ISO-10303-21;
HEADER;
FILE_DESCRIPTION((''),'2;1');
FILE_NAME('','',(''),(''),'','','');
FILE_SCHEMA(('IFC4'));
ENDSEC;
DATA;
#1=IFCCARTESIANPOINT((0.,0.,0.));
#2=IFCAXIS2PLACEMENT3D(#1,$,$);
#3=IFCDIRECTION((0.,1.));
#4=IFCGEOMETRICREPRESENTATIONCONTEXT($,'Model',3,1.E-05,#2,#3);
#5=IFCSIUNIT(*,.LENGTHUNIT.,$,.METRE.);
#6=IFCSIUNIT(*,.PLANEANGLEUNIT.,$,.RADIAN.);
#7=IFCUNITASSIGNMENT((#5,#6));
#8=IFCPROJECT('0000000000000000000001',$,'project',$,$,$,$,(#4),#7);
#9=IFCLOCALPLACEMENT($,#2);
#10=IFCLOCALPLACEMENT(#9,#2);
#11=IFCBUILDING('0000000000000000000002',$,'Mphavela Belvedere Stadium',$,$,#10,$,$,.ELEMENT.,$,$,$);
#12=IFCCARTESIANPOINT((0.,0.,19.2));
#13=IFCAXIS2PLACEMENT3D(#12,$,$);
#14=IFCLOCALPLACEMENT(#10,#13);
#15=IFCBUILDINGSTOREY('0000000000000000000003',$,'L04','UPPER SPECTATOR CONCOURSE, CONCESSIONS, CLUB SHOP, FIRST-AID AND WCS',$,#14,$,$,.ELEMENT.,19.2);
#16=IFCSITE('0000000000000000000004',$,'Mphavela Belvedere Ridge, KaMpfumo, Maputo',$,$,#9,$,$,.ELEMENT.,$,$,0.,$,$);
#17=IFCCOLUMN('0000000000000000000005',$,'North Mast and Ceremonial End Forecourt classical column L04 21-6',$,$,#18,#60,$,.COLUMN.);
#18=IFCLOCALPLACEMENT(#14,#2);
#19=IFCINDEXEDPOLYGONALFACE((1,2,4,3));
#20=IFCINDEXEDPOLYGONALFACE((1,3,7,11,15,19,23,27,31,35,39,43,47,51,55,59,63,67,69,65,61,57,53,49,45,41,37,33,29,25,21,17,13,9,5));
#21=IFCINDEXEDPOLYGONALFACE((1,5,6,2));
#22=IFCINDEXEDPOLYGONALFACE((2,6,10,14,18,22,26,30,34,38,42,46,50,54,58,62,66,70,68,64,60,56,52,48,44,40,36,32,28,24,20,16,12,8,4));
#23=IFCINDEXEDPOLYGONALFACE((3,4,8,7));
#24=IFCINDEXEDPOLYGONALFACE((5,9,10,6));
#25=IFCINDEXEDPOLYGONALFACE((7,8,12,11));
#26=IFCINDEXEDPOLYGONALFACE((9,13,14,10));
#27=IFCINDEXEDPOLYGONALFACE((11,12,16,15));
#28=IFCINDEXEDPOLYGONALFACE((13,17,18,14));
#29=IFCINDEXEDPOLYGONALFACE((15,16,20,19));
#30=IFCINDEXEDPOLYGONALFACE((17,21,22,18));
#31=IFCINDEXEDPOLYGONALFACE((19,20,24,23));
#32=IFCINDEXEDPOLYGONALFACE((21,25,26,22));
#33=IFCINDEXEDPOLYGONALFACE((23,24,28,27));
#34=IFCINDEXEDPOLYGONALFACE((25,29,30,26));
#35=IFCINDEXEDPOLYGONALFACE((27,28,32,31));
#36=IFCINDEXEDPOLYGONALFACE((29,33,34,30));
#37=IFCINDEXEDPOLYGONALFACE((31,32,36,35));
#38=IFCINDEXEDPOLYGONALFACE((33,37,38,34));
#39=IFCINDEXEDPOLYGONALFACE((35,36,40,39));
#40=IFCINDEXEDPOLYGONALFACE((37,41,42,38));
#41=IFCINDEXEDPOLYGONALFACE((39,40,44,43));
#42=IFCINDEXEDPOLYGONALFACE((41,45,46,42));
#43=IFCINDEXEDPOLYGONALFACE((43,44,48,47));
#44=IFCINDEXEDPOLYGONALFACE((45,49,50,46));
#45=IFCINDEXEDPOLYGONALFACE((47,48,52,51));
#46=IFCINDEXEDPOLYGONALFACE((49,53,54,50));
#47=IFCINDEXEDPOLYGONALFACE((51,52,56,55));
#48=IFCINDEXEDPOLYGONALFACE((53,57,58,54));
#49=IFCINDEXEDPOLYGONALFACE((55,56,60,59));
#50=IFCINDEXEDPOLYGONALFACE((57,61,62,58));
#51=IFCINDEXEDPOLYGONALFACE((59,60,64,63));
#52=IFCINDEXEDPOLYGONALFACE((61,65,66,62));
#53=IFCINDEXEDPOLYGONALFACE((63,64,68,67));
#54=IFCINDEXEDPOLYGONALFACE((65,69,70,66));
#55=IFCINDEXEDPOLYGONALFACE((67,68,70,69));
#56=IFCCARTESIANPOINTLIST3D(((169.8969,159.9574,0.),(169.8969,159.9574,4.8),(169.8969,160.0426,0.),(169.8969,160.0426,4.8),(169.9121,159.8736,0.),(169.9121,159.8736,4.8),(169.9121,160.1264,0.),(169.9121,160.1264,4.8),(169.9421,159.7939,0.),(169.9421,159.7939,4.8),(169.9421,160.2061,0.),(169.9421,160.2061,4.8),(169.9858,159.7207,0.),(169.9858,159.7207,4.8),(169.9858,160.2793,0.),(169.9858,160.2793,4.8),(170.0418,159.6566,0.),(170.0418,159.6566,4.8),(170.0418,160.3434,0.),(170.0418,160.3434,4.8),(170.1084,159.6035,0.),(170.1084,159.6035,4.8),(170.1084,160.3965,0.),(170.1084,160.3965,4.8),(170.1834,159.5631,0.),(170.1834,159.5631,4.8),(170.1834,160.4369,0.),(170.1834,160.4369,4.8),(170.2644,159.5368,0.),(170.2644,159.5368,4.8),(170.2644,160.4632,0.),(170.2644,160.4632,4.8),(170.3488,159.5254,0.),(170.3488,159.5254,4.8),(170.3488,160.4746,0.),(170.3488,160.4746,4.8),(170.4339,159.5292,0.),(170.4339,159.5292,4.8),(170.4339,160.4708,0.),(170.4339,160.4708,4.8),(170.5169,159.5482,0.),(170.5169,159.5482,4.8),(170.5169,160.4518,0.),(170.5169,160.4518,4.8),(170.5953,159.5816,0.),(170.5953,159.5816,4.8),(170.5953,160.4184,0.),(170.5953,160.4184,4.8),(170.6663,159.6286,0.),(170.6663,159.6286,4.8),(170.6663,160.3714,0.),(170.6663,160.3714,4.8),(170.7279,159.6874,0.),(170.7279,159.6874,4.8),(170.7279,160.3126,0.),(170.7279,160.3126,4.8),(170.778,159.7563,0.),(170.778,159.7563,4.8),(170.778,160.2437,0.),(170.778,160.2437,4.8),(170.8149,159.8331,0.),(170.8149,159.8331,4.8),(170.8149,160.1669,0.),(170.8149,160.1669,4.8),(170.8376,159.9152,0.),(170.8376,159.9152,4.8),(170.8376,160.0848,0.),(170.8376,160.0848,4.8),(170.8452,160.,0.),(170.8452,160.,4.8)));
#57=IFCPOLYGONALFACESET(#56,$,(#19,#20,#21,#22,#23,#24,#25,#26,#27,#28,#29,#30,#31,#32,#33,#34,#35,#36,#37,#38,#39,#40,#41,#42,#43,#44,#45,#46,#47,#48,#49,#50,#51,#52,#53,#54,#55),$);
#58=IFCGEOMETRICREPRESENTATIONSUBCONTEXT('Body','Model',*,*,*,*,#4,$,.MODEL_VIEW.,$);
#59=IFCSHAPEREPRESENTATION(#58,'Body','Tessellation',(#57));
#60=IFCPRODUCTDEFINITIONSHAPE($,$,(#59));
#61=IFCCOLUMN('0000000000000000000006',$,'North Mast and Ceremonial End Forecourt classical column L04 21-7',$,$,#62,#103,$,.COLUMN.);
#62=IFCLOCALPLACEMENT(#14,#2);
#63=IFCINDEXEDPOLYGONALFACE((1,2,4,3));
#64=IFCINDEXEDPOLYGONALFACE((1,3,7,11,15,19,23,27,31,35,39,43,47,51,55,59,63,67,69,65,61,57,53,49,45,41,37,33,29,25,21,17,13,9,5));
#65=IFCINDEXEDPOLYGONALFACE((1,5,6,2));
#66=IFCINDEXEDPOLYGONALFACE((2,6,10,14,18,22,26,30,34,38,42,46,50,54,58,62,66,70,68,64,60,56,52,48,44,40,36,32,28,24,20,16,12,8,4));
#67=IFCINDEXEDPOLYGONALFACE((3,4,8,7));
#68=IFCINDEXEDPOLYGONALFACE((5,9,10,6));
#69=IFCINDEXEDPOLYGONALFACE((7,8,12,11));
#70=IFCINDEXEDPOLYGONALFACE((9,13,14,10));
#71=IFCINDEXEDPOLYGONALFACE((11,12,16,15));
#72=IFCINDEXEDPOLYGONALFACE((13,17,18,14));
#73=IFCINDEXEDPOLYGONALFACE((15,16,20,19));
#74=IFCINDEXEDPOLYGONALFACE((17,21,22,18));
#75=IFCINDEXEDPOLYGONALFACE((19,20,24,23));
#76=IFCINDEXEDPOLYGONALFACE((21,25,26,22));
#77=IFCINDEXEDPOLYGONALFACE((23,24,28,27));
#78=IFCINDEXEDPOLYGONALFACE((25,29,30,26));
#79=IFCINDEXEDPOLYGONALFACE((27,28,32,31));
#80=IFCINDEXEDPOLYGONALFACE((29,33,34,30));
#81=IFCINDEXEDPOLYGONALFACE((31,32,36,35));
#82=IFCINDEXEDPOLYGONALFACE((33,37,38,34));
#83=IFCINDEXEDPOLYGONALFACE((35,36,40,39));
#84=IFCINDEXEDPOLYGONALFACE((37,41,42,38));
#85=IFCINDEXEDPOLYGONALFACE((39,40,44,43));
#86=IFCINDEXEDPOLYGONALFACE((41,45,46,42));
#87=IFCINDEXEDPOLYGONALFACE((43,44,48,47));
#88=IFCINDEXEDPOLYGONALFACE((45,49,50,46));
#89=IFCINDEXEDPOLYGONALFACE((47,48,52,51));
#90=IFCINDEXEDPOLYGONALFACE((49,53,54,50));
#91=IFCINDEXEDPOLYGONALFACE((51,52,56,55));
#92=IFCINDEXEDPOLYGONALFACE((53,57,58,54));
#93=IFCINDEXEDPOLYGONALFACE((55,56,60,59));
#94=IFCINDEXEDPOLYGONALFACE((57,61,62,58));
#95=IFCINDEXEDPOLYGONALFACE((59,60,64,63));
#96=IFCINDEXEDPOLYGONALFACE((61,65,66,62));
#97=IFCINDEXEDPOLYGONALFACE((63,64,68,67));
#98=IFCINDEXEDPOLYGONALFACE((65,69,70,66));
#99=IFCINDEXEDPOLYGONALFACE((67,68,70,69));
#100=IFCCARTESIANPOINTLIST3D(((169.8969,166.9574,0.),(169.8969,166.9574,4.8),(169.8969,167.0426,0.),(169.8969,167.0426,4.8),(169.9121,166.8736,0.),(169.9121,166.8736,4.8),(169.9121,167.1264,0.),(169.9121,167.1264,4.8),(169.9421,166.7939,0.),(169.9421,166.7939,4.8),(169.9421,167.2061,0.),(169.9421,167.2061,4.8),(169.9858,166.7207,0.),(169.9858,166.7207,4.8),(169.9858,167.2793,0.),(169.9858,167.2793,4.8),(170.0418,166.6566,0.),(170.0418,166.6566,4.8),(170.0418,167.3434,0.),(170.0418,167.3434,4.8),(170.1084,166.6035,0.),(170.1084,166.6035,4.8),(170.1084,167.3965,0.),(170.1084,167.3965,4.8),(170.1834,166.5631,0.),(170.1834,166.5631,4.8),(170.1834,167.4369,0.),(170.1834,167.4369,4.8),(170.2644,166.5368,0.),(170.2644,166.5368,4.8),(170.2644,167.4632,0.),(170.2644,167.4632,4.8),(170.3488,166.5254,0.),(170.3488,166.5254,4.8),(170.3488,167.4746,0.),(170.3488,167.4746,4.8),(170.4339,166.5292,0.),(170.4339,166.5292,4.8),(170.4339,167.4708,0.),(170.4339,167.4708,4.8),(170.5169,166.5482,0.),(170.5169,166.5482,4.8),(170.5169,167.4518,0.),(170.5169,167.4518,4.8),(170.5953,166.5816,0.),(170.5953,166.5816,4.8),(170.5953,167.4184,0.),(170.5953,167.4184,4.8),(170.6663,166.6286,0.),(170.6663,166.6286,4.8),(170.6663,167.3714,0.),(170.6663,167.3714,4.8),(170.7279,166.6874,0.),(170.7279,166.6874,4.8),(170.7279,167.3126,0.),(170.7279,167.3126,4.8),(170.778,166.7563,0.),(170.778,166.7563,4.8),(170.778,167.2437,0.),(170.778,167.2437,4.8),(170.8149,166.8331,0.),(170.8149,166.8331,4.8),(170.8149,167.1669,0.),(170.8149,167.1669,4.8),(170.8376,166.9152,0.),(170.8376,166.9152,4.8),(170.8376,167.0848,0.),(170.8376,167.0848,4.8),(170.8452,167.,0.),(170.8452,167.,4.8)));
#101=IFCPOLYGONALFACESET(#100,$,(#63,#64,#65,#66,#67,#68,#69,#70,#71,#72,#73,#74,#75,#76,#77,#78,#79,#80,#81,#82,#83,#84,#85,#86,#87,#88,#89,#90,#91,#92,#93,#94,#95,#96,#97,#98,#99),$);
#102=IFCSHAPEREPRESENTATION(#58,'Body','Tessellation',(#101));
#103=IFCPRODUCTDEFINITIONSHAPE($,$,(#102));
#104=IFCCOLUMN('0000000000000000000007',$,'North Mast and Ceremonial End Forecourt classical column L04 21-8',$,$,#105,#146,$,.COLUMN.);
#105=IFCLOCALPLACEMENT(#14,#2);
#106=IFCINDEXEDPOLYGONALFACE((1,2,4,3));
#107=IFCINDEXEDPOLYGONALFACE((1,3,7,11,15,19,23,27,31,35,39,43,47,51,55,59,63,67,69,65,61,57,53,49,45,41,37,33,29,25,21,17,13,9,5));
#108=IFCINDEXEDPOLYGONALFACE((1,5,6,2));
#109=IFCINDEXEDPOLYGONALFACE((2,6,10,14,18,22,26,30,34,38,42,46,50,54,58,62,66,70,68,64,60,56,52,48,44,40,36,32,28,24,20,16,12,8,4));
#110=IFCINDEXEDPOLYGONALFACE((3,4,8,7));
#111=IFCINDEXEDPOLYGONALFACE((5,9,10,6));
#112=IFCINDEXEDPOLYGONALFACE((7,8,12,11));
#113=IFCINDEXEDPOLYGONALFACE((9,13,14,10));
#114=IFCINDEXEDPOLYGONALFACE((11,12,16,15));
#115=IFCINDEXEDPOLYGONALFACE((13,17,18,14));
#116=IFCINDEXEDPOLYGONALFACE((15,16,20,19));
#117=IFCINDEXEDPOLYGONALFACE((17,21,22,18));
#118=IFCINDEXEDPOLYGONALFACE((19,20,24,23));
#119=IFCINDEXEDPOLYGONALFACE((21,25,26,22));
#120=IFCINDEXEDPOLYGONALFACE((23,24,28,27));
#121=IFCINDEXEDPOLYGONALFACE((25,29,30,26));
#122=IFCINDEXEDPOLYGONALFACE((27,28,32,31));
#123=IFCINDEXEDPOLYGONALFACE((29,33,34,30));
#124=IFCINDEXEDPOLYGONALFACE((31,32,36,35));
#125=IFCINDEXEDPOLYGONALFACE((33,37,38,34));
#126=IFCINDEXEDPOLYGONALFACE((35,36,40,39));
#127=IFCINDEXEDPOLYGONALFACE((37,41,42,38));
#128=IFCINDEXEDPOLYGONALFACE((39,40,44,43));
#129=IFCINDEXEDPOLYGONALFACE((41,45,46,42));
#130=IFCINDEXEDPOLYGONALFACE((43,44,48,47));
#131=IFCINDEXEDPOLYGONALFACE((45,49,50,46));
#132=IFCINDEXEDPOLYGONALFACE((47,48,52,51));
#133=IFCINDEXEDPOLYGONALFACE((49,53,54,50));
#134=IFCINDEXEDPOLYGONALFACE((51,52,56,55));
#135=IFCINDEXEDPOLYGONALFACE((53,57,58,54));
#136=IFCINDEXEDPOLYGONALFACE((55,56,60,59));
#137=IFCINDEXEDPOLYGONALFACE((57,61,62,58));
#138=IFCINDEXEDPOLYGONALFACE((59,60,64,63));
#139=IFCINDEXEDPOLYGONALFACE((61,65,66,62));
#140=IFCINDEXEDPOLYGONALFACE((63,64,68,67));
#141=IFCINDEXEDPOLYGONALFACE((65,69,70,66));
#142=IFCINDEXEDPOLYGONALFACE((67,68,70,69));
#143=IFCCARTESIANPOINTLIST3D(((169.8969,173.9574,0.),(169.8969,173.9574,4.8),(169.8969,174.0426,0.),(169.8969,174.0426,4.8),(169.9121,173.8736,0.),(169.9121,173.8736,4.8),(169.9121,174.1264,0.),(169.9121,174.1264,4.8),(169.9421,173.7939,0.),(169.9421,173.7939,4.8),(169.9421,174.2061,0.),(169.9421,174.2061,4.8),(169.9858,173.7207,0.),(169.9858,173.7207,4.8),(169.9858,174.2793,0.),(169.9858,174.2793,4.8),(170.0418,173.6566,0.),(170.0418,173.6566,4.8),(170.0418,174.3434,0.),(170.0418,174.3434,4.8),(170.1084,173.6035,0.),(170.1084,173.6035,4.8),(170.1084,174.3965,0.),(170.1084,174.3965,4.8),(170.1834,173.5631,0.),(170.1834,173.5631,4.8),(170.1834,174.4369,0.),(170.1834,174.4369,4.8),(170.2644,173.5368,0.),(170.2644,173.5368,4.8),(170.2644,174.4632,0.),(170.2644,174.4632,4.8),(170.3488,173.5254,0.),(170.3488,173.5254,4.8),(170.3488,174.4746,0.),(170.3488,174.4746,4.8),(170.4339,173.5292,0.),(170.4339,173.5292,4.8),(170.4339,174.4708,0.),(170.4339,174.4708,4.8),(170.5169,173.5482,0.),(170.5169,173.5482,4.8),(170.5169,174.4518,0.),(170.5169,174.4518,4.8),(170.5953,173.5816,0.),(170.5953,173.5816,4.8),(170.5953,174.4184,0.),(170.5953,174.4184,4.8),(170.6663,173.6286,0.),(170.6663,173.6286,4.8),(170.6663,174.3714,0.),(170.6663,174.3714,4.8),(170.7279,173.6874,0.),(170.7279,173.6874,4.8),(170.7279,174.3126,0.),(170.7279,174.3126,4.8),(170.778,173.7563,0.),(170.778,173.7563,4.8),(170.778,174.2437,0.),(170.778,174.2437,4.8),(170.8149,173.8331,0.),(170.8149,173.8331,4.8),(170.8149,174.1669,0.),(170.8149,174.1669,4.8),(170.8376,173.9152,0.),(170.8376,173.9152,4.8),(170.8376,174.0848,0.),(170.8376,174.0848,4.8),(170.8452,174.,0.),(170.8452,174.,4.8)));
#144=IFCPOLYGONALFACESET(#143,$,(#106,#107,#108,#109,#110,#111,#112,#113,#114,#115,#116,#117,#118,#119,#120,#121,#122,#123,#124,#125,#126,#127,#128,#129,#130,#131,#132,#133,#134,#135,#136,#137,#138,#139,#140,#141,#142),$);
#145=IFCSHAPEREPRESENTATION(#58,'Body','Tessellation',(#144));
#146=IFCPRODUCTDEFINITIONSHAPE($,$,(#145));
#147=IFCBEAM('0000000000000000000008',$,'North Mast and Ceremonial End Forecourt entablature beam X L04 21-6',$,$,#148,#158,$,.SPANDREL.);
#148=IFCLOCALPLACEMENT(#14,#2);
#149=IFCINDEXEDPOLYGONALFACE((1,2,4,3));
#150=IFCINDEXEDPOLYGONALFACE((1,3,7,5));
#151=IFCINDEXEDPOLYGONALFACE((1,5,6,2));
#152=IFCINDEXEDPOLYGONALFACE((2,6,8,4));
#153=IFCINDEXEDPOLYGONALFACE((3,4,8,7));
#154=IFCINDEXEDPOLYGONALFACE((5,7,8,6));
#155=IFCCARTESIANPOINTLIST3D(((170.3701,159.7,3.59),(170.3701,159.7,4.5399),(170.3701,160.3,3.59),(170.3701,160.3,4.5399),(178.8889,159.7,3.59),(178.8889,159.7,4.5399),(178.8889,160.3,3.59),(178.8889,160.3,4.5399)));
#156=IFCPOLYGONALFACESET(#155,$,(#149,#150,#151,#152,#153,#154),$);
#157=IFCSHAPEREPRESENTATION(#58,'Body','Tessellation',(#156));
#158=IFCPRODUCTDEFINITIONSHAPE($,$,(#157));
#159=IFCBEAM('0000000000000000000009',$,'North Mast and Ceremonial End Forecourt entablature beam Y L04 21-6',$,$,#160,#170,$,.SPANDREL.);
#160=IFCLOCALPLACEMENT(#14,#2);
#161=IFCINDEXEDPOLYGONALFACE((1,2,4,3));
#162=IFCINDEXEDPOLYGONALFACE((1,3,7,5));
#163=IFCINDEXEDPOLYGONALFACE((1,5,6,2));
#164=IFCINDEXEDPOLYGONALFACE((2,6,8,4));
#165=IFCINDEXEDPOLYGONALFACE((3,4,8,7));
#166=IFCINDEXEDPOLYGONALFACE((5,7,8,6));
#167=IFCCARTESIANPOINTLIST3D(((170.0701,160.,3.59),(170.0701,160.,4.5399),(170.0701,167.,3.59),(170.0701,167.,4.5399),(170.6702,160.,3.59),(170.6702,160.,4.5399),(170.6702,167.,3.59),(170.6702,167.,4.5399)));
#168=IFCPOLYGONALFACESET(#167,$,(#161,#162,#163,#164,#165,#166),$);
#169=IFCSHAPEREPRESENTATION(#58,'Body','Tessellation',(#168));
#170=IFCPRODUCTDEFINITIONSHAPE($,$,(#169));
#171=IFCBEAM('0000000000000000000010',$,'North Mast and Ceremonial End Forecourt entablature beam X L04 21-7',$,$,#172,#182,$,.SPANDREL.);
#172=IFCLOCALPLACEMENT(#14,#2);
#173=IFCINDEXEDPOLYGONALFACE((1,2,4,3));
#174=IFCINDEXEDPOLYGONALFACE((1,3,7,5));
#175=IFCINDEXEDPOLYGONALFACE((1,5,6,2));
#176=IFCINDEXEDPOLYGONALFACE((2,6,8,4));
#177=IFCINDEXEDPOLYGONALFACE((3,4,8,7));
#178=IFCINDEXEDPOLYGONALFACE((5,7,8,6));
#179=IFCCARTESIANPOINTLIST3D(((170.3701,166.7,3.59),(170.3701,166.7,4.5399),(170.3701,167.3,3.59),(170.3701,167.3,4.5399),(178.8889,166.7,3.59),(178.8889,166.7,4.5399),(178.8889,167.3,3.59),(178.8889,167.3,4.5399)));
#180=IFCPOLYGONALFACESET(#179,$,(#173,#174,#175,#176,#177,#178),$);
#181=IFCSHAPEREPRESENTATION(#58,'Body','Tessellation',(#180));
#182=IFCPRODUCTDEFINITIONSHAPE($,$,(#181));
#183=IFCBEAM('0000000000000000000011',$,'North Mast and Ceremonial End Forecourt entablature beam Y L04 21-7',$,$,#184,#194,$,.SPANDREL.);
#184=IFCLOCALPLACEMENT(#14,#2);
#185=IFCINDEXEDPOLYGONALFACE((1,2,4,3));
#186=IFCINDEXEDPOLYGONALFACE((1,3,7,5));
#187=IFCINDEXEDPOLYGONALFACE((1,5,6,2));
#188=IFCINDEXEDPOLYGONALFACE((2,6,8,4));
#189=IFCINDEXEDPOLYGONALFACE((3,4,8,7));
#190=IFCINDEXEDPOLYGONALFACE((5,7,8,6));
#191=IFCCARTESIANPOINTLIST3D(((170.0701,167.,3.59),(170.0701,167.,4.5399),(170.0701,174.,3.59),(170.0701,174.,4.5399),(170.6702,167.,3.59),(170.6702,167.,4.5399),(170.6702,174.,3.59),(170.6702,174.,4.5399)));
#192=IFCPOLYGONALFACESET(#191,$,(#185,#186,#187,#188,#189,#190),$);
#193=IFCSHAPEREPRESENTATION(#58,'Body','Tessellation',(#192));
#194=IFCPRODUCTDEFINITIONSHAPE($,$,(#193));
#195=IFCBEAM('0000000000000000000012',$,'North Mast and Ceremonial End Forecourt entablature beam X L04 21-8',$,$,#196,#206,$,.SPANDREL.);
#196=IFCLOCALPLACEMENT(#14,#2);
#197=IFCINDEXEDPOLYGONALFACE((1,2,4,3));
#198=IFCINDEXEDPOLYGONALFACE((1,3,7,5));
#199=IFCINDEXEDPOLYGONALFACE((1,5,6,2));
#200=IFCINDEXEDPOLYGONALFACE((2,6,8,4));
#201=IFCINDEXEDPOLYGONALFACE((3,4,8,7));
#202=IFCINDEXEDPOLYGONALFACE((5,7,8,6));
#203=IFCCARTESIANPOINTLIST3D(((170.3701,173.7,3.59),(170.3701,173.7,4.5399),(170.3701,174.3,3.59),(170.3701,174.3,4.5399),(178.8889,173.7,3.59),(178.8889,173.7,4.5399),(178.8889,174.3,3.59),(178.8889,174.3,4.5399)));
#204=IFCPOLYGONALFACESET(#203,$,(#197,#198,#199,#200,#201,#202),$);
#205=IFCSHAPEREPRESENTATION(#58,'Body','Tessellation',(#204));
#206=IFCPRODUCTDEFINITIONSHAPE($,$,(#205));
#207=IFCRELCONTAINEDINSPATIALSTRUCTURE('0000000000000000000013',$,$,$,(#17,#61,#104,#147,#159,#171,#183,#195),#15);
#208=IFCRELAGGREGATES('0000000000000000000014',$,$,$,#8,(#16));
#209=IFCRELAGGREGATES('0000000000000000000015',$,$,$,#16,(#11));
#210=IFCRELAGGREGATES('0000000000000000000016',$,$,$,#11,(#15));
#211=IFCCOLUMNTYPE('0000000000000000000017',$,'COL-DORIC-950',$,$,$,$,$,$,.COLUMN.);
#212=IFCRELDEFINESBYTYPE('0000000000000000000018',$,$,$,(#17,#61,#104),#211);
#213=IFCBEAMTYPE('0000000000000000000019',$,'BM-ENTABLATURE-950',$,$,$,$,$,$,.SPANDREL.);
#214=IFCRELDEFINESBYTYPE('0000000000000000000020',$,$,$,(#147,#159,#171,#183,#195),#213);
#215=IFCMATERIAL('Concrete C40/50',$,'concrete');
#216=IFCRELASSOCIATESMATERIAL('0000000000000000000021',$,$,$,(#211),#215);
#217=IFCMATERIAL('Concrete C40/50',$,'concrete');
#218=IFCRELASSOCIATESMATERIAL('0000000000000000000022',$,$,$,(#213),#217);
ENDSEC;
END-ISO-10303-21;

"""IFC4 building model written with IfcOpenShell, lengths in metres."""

from ifc_helpers import new_model, si_unit, direction, frame, origin, origin_2d, place, context, subcontext, project, spatial, rectangle, circle, extrude, material, material_profile, profile_set, type_object, element, save


model = new_model("IFC4")

# Units and contexts
model_context = context("Model", 3, precision=1e-05, world=origin(), true_north=direction((0.0, 1.0)))
body_context = subcontext(model_context, "Body", "Model", "MODEL_VIEW")
ifc_project = project(units=[si_unit("LENGTHUNIT", "METRE"), si_unit("PLANEANGLEUNIT", "RADIAN")], contexts=[model_context])

# Site, building, storey
site_placement = place(None, origin())
site = spatial("IfcSite", under=ifc_project, at=site_placement, Name="Mphavela Belvedere Ridge, KaMpfumo, Maputo", CompositionType="ELEMENT", RefElevation=0.0)
building_placement = place(site_placement, origin())
building = spatial("IfcBuilding", under=site, at=building_placement, Name="Mphavela Belvedere Stadium", CompositionType="ELEMENT")
storey_placement = place(building_placement, frame((0.0, 0.0, 19.2)))
storey = spatial("IfcBuildingStorey", under=building, at=storey_placement, Name="L04", Description="UPPER SPECTATOR CONCOURSE, CONCESSIONS, CLUB SHOP, FIRST-AID AND WCS", CompositionType="ELEMENT", Elevation=19.2)

# Columns
ifc_material_1 = material(Name="Concrete C40/50", Category="concrete")
ifc_material_profile_1 = material_profile(ifc_material_1, circle(Radius=0.4751, at=origin_2d()), Name="COL D950")
ifc_profile_set_1 = profile_set([ifc_material_profile_1], Name="Concrete C40/50")
column_type = type_object("IfcColumnType", Name="COL-DORIC-950", PredefinedType="COLUMN", material=ifc_profile_set_1)
for number, where, z_axis, x_axis, name in (
    (1, (170.3701, 160.0, 0.0), (0.0, 0.0, 1.0), (1.0, 0.0, 0.0), "North Mast and Ceremonial End Forecourt classical column L04 21-6"),
    (2, (170.3701, 167.0, 0.0), (0.0, 0.0, 1.0), (1.0, 0.0, 0.0), "North Mast and Ceremonial End Forecourt classical column L04 21-7"),
    (3, (170.3701, 174.0, 0.0), (0.0, 0.0, 1.0), (1.0, 0.0, 0.0), "North Mast and Ceremonial End Forecourt classical column L04 21-8"),
):
    element("IfcColumn", number, at=place(storey_placement, frame(where, z_axis=z_axis, x_axis=x_axis)), inside=storey, type_object=column_type, Name=name, PredefinedType="COLUMN", context=body_context, shape_type="SweptSolid", body=[
        extrude(circle(Radius=0.4751, at=origin_2d()), origin(), (0.0, 0.0, 1.0), 4.8),
    ])

# Beams
ifc_material_2 = material(Name="Concrete C40/50", Category="concrete")
ifc_material_profile_2 = material_profile(ifc_material_2, rectangle(XDim=0.6001, YDim=0.95, at=origin_2d()), Name="RC 600x950")
ifc_profile_set_2 = profile_set([ifc_material_profile_2], Name="Concrete C40/50")
beam_type_1 = type_object("IfcBeamType", Name="BM-ENTABLATURE-950", PredefinedType="SPANDREL", material=ifc_profile_set_2)
beam_1_placement = place(storey_placement, frame((170.3701, 160.0, 4.0649), z_axis=(1.0, 0.0, 0.0), x_axis=(0.0, 1.0, 0.0)))
element("IfcBeam", 4, at=beam_1_placement, inside=storey, type_object=beam_type_1, Name="North Mast and Ceremonial End Forecourt entablature beam X L04 21-6", PredefinedType="SPANDREL", context=body_context, shape_type="SweptSolid", body=[
    extrude(rectangle(XDim=0.6001, YDim=0.95, at=origin_2d()), origin(), (0.0, 0.0, 1.0), 8.5188),
])
beam_2_placement = place(storey_placement, frame((170.3701, 160.0, 4.0649), z_axis=(0.0, 1.0, 0.0), x_axis=(-1.0, 0.0, 0.0)))
element("IfcBeam", 5, at=beam_2_placement, inside=storey, type_object=beam_type_1, Name="North Mast and Ceremonial End Forecourt entablature beam Y L04 21-6", PredefinedType="SPANDREL", context=body_context, shape_type="SweptSolid", body=[
    extrude(rectangle(XDim=0.6001, YDim=0.95, at=origin_2d()), origin(), (0.0, 0.0, 1.0), 7.0),
])
beam_3_placement = place(storey_placement, frame((170.3701, 167.0, 4.0649), z_axis=(1.0, 0.0, 0.0), x_axis=(0.0, 1.0, 0.0)))
element("IfcBeam", 6, at=beam_3_placement, inside=storey, type_object=beam_type_1, Name="North Mast and Ceremonial End Forecourt entablature beam X L04 21-7", PredefinedType="SPANDREL", context=body_context, shape_type="SweptSolid", body=[
    extrude(rectangle(XDim=0.6001, YDim=0.95, at=origin_2d()), origin(), (0.0, 0.0, 1.0), 8.5188),
])
beam_4_placement = place(storey_placement, frame((170.3701, 167.0, 4.0649), z_axis=(0.0, 1.0, 0.0), x_axis=(-1.0, 0.0, 0.0)))
element("IfcBeam", 7, at=beam_4_placement, inside=storey, type_object=beam_type_1, Name="North Mast and Ceremonial End Forecourt entablature beam Y L04 21-7", PredefinedType="SPANDREL", context=body_context, shape_type="SweptSolid", body=[
    extrude(rectangle(XDim=0.6001, YDim=0.95, at=origin_2d()), origin(), (0.0, 0.0, 1.0), 7.0),
])
beam_5_placement = place(storey_placement, frame((170.3701, 174.0, 4.0649), z_axis=(1.0, 0.0, 0.0), x_axis=(0.0, 1.0, 0.0)))
element("IfcBeam", 8, at=beam_5_placement, inside=storey, type_object=beam_type_1, Name="North Mast and Ceremonial End Forecourt entablature beam X L04 21-8", PredefinedType="SPANDREL", context=body_context, shape_type="SweptSolid", body=[
    extrude(rectangle(XDim=0.6001, YDim=0.95, at=origin_2d()), origin(), (0.0, 0.0, 1.0), 8.5188),
])

save(model, "model.ifc")
